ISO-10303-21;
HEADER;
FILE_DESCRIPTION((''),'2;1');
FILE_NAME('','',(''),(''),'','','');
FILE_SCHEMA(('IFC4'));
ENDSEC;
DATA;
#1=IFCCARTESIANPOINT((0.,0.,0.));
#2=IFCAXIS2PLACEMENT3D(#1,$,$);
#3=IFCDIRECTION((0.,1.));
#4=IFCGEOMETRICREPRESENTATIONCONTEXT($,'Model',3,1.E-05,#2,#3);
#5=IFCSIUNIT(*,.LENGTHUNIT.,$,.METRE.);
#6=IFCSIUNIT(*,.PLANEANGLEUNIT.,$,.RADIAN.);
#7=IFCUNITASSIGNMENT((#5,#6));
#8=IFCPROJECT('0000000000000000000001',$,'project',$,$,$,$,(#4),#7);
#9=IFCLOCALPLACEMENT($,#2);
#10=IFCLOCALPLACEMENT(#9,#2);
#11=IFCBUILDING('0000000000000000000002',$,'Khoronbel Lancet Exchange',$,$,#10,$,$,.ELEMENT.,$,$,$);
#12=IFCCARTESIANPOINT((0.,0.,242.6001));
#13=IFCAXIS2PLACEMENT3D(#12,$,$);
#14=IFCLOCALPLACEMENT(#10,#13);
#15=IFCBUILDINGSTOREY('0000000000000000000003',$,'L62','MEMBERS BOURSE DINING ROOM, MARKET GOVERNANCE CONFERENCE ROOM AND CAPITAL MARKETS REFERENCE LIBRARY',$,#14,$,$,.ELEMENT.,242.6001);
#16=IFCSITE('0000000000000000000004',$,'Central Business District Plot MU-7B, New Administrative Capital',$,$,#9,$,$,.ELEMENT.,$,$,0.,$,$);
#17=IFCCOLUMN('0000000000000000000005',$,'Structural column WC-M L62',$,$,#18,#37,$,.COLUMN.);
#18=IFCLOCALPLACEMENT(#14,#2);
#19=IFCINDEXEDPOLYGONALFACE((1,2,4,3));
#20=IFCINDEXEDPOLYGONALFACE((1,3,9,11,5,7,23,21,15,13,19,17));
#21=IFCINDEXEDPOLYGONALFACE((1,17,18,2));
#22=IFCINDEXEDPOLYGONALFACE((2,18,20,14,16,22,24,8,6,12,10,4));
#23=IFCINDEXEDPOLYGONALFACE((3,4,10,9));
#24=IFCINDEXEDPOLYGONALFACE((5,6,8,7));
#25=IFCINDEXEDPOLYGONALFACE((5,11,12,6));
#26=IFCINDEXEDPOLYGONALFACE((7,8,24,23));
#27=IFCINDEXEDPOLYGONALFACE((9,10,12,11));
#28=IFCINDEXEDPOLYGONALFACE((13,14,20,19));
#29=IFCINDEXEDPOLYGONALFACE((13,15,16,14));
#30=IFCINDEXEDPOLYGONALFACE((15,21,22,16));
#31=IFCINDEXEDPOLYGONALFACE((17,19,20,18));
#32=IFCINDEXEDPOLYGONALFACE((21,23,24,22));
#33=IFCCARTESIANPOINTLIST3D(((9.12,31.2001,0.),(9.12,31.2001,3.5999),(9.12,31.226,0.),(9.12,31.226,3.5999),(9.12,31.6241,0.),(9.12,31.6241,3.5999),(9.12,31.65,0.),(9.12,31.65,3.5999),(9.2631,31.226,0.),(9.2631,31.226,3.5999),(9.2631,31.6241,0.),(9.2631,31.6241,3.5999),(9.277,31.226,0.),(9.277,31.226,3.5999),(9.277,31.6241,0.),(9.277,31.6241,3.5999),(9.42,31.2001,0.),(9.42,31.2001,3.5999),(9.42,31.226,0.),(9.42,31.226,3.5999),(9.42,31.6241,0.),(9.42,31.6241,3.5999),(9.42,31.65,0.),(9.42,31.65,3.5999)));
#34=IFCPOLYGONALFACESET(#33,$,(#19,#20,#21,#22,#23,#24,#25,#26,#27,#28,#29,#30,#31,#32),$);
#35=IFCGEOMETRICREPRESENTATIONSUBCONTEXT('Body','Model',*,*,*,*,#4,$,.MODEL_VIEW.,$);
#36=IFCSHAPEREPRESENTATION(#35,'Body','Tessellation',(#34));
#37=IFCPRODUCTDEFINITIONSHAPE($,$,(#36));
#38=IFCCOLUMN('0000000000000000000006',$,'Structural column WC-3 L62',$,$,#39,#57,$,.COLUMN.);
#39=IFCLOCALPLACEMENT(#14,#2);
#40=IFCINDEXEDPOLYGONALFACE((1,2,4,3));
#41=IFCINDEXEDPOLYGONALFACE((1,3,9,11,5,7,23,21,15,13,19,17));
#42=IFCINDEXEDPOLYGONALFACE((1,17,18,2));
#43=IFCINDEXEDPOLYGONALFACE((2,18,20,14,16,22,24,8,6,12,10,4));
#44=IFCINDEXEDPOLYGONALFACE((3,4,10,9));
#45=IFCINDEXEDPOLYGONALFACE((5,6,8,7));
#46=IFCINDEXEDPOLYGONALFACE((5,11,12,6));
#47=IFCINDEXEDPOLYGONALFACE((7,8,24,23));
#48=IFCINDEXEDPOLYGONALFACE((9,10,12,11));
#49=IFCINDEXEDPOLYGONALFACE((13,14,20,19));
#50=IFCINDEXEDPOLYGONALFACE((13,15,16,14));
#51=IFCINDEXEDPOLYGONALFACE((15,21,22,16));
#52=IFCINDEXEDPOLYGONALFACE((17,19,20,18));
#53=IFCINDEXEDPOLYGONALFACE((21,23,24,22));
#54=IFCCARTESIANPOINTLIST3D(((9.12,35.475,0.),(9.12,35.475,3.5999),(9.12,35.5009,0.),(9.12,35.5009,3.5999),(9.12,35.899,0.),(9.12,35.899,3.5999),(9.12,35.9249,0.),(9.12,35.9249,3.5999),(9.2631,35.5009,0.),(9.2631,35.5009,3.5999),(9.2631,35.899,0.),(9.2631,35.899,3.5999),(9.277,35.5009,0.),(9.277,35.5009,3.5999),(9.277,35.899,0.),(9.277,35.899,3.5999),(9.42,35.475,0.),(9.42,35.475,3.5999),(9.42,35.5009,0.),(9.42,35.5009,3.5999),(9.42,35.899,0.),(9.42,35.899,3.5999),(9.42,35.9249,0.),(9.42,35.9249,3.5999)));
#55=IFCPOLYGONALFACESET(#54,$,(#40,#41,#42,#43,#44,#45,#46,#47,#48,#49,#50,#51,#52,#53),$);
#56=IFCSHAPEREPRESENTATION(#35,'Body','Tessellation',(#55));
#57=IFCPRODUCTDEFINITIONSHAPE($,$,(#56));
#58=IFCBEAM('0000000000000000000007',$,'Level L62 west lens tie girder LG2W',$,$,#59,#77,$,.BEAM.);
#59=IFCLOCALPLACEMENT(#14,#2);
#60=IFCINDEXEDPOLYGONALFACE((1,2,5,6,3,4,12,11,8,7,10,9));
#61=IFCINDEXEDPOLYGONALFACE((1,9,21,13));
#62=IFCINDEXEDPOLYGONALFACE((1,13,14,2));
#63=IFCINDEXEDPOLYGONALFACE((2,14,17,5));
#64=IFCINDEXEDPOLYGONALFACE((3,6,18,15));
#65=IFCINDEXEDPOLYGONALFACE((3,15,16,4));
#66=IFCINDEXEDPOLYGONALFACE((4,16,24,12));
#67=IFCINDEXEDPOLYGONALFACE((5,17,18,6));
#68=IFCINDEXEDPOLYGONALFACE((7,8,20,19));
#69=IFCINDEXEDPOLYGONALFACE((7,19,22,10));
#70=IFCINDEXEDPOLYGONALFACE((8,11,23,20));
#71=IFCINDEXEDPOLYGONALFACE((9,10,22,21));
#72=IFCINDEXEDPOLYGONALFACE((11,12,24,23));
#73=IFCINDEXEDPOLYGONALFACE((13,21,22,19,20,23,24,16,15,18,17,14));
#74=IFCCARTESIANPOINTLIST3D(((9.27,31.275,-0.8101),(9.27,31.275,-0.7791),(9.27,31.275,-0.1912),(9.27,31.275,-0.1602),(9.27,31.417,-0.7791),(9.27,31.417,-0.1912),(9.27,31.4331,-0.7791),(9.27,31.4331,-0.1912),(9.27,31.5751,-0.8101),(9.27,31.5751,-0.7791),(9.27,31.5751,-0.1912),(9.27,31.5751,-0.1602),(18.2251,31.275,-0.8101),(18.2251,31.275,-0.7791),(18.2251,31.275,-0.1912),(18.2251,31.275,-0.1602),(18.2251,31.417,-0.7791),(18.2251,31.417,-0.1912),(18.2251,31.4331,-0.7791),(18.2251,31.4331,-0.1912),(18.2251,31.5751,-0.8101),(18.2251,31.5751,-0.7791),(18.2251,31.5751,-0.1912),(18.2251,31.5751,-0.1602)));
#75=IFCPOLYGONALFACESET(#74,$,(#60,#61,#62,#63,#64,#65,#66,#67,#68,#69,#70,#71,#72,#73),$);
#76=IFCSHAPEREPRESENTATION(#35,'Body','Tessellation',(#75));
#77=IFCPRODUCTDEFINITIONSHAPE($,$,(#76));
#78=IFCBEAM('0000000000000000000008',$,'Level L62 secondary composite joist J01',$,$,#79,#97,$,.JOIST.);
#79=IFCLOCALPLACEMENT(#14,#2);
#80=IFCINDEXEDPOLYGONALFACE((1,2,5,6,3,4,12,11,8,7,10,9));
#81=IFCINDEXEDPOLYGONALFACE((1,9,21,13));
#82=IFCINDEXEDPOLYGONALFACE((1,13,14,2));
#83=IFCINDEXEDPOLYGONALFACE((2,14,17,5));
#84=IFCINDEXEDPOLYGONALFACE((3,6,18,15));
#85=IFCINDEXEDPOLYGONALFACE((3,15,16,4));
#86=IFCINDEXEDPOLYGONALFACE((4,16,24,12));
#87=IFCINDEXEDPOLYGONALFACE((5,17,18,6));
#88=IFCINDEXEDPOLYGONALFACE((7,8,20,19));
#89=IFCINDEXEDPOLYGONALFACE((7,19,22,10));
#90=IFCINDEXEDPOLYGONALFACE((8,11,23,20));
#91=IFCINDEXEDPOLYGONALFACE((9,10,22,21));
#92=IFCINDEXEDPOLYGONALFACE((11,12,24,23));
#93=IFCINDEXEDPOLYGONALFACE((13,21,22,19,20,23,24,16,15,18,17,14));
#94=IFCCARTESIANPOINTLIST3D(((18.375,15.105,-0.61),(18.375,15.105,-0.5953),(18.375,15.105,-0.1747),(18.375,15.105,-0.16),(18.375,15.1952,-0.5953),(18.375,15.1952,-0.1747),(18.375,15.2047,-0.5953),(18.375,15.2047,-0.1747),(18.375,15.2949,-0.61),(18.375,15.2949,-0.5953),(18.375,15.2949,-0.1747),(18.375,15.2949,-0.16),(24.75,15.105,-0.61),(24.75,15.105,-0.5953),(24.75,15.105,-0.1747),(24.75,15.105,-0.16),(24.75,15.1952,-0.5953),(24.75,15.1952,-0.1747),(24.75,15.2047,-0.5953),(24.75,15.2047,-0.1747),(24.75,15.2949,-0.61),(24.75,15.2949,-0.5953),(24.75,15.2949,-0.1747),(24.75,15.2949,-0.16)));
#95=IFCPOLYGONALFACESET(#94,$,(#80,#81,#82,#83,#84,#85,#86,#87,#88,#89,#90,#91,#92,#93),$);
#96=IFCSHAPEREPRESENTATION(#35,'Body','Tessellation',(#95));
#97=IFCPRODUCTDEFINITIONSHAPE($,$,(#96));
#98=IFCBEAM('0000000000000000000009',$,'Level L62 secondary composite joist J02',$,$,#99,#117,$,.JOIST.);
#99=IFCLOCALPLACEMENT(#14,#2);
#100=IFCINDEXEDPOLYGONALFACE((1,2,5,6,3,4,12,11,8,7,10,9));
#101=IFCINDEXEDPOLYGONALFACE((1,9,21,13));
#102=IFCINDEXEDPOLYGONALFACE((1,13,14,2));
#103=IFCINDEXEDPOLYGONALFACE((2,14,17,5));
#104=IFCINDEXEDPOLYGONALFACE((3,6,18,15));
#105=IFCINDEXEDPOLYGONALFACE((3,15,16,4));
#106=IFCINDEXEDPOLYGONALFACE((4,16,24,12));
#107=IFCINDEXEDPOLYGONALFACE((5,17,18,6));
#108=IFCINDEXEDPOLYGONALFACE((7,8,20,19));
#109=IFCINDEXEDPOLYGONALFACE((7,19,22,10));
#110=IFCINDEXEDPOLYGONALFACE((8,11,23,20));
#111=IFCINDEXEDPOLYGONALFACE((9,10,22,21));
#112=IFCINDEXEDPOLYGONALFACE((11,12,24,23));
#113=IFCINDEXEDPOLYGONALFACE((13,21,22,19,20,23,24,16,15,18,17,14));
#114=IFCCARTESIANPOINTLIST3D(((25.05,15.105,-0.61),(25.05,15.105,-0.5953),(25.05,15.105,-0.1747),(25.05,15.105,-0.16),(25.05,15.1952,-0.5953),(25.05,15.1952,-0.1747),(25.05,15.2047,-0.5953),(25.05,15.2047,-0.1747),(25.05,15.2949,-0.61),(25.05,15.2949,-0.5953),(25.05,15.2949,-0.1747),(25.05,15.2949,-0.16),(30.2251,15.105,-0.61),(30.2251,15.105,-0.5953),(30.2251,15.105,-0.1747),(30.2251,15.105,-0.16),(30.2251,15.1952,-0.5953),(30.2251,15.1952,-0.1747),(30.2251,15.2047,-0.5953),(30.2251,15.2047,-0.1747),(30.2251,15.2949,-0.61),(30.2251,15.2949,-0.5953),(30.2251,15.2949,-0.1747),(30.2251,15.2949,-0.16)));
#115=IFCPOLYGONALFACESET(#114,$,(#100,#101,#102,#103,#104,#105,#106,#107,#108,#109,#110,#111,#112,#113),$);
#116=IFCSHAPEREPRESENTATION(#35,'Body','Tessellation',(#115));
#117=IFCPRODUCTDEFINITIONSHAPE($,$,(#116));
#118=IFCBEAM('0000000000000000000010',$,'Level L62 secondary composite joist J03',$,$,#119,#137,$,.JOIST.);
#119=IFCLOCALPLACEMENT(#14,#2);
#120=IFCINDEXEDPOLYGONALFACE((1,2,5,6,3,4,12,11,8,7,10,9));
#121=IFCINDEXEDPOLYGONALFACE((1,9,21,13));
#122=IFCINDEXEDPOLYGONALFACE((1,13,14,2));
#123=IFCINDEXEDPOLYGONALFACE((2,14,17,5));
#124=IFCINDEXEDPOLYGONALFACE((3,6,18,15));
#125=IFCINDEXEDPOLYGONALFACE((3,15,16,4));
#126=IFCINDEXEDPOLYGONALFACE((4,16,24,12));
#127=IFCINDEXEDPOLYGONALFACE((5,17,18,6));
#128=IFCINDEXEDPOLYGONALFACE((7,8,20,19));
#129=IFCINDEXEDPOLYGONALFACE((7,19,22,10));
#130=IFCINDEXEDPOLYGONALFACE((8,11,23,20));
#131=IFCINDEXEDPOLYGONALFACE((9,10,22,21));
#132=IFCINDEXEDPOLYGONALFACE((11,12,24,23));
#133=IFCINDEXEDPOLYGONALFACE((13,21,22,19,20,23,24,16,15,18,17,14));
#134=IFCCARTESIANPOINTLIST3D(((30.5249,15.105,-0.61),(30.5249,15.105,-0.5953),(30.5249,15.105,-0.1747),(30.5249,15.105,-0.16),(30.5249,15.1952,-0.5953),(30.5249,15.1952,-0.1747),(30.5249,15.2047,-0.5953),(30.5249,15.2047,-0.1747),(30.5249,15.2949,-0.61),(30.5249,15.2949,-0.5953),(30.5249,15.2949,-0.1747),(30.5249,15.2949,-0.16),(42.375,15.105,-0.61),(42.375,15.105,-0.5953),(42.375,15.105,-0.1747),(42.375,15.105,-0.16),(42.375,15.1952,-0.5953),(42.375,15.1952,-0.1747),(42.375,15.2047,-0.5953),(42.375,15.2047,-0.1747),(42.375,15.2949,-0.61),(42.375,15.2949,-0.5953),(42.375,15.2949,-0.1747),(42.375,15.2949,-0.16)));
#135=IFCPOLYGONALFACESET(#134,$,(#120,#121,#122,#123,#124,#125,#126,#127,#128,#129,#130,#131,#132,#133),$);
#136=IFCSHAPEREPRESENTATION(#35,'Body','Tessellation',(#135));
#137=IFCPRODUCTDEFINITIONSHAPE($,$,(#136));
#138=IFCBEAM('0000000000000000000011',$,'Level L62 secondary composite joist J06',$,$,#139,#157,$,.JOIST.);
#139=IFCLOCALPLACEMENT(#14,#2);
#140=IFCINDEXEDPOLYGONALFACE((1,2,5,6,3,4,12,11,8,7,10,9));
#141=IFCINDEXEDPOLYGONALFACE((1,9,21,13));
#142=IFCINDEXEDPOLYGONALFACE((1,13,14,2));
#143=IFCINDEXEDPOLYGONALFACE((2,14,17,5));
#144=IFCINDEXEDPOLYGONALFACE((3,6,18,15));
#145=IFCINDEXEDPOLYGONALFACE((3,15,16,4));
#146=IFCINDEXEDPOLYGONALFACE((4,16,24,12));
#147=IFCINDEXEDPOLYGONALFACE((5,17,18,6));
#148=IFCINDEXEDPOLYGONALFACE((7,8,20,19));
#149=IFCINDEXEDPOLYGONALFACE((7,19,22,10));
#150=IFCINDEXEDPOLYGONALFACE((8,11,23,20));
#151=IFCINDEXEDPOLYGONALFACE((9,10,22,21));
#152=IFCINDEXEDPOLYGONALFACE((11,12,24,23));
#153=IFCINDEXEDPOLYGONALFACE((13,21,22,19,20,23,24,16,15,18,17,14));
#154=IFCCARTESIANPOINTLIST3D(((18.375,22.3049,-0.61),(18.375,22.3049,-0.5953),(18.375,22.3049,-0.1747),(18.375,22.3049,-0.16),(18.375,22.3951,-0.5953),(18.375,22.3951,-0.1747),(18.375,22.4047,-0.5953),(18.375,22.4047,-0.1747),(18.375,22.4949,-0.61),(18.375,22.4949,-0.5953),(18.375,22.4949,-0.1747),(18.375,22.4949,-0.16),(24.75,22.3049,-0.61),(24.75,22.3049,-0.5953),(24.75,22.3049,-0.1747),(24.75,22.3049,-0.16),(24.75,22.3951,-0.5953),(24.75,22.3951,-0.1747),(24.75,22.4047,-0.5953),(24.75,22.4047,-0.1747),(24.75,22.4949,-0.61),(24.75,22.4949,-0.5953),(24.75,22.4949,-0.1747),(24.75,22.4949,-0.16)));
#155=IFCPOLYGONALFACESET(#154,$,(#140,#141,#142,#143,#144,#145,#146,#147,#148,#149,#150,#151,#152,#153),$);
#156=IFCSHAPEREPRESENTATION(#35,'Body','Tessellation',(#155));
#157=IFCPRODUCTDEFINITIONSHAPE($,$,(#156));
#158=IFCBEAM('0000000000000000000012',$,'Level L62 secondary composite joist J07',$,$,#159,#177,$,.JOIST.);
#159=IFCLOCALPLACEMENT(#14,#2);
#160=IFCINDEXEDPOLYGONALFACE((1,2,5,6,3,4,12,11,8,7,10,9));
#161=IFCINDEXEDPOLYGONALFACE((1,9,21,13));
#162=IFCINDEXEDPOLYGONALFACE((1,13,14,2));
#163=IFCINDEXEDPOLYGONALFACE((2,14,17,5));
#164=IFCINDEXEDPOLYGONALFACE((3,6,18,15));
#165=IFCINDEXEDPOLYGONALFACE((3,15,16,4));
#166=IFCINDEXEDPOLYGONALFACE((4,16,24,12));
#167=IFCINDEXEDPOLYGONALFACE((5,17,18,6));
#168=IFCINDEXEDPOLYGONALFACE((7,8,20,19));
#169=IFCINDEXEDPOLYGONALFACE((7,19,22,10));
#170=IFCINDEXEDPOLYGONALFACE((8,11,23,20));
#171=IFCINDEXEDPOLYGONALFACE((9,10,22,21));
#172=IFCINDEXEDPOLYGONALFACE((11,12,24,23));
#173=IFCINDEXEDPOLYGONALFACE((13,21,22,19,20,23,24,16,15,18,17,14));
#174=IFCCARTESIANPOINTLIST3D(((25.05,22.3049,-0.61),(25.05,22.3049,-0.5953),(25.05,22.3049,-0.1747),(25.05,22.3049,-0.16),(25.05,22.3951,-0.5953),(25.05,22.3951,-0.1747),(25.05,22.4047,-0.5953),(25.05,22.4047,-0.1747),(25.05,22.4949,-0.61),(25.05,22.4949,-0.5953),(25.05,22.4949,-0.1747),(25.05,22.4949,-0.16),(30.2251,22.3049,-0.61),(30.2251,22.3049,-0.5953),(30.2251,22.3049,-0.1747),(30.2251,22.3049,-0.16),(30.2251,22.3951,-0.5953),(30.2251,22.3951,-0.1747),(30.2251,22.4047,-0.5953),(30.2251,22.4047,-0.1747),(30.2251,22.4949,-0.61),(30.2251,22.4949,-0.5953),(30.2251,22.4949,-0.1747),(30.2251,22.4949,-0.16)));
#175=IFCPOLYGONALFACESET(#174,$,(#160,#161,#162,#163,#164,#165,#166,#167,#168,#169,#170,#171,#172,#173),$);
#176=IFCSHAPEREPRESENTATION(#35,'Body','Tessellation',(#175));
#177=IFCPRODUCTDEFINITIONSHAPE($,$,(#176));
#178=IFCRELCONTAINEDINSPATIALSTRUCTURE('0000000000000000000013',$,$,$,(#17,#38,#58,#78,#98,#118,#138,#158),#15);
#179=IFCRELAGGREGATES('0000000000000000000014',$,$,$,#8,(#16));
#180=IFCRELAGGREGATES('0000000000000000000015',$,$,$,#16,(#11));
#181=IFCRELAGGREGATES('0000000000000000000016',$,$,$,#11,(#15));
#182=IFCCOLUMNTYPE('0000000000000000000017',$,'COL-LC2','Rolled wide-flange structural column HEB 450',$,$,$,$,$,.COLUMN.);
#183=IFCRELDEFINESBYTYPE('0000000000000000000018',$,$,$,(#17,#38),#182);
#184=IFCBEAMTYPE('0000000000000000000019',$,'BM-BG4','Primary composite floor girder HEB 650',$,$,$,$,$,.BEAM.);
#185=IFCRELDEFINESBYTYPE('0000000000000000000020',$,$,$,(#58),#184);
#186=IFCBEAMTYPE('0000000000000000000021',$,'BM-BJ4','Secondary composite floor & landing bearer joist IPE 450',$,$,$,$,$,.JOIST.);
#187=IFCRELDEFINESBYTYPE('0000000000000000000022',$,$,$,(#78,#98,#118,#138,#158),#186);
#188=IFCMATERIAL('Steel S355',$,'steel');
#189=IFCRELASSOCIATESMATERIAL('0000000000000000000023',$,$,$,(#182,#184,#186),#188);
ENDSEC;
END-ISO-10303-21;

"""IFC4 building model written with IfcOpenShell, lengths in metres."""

from ifc_helpers import new_model, si_unit, direction, frame, origin, origin_2d, place, context, subcontext, project, spatial, i_section, extrude, material, material_profile, profile_set, type_object, element, save


model = new_model("IFC4")

# Units and contexts
model_context = context("Model", 3, precision=1e-05, world=origin(), true_north=direction((0.0, 1.0)))
body_context = subcontext(model_context, "Body", "Model", "MODEL_VIEW")
ifc_project = project(units=[si_unit("LENGTHUNIT", "METRE"), si_unit("PLANEANGLEUNIT", "RADIAN")], contexts=[model_context])

# Site, building, storey
site_placement = place(None, origin())
site = spatial("IfcSite", under=ifc_project, at=site_placement, Name="Central Business District Plot MU-7B, New Administrative Capital", CompositionType="ELEMENT", RefElevation=0.0)
building_placement = place(site_placement, origin())
building = spatial("IfcBuilding", under=site, at=building_placement, Name="Khoronbel Lancet Exchange", CompositionType="ELEMENT")
storey_placement = place(building_placement, frame((0.0, 0.0, 242.6001)))
storey = spatial("IfcBuildingStorey", under=building, at=storey_placement, Name="L62", Description="MEMBERS BOURSE DINING ROOM, MARKET GOVERNANCE CONFERENCE ROOM AND CAPITAL MARKETS REFERENCE LIBRARY", CompositionType="ELEMENT", Elevation=242.6001)

# Columns
ifc_material_1 = material(Name="Steel S355", Category="steel")
ifc_material_profile_1 = material_profile(ifc_material_1, i_section(OverallWidth=0.3, OverallDepth=0.45, WebThickness=0.0139, FlangeThickness=0.0259, at=origin_2d()), Name="HEB 450")
ifc_profile_set_1 = profile_set([ifc_material_profile_1], Name="Steel S355")
column_type = type_object("IfcColumnType", Name="COL-LC2", Description="Rolled wide-flange structural column HEB 450", PredefinedType="COLUMN", material=ifc_profile_set_1)
for number, where, z_axis, x_axis, name in (
    (1, (9.27, 31.425, 0.0), (0.0, 0.0, 1.0), (1.0, 0.0, 0.0), "Structural column WC-M L62"),
    (2, (9.27, 35.7, 0.0), (0.0, 0.0, 1.0), (1.0, 0.0, 0.0), "Structural column WC-3 L62"),
):
    element("IfcColumn", number, at=place(storey_placement, frame(where, z_axis=z_axis, x_axis=x_axis)), inside=storey, type_object=column_type, Name=name, PredefinedType="COLUMN", context=body_context, shape_type="SweptSolid", body=[
        extrude(i_section(OverallWidth=0.3, OverallDepth=0.45, WebThickness=0.0139, FlangeThickness=0.0259, at=origin_2d()), origin(), (0.0, 0.0, 1.0), 3.5999),
    ])

# Beams
ifc_material_profile_2 = material_profile(ifc_material_1, i_section(OverallWidth=0.3, OverallDepth=0.6499, WebThickness=0.0161, FlangeThickness=0.031, at=origin_2d()), Name="HEB 650")
ifc_profile_set_2 = profile_set([ifc_material_profile_2], Name="Steel S355")
beam_type_1 = type_object("IfcBeamType", Name="BM-BG4", Description="Primary composite floor girder HEB 650", PredefinedType="BEAM", material=ifc_profile_set_2)
beam_1_placement = place(storey_placement, frame((9.27, 31.425, -0.4851), z_axis=(1.0, 0.0, 0.0), x_axis=(0.0, 1.0, 0.0)))
element("IfcBeam", 3, at=beam_1_placement, inside=storey, type_object=beam_type_1, Name="Level L62 west lens tie girder LG2W", PredefinedType="BEAM", context=body_context, shape_type="SweptSolid", body=[
    extrude(i_section(OverallWidth=0.3, OverallDepth=0.6499, WebThickness=0.0161, FlangeThickness=0.031, at=origin_2d()), origin(), (0.0, 0.0, 1.0), 8.9551),
])
ifc_material_profile_3 = material_profile(ifc_material_1, i_section(OverallWidth=0.1899, OverallDepth=0.45, WebThickness=0.0095, FlangeThickness=0.0146, at=origin_2d()), Name="IPE 450")
ifc_profile_set_3 = profile_set([ifc_material_profile_3], Name="Steel S355")
beam_type_2 = type_object("IfcBeamType", Name="BM-BJ4", Description="Secondary composite floor & landing bearer joist IPE 450", PredefinedType="JOIST", material=ifc_profile_set_3)
beam_2_placement = place(storey_placement, frame((18.375, 15.2, -0.385), z_axis=(1.0, 0.0, 0.0), x_axis=(0.0, 1.0, 0.0)))
element("IfcBeam", 4, at=beam_2_placement, inside=storey, type_object=beam_type_2, Name="Level L62 secondary composite joist J01", PredefinedType="JOIST", context=body_context, shape_type="SweptSolid", body=[
    extrude(i_section(OverallWidth=0.1899, OverallDepth=0.45, WebThickness=0.0095, FlangeThickness=0.0146, at=origin_2d()), origin(), (0.0, 0.0, 1.0), 6.375),
])
beam_3_placement = place(storey_placement, frame((25.05, 15.2, -0.385), z_axis=(1.0, 0.0, 0.0), x_axis=(0.0, 1.0, 0.0)))
element("IfcBeam", 5, at=beam_3_placement, inside=storey, type_object=beam_type_2, Name="Level L62 secondary composite joist J02", PredefinedType="JOIST", context=body_context, shape_type="SweptSolid", body=[
    extrude(i_section(OverallWidth=0.1899, OverallDepth=0.45, WebThickness=0.0095, FlangeThickness=0.0146, at=origin_2d()), origin(), (0.0, 0.0, 1.0), 5.175),
])
beam_4_placement = place(storey_placement, frame((30.5249, 15.2, -0.385), z_axis=(1.0, 0.0, 0.0), x_axis=(0.0, 1.0, 0.0)))
element("IfcBeam", 6, at=beam_4_placement, inside=storey, type_object=beam_type_2, Name="Level L62 secondary composite joist J03", PredefinedType="JOIST", context=body_context, shape_type="SweptSolid", body=[
    extrude(i_section(OverallWidth=0.1899, OverallDepth=0.45, WebThickness=0.0095, FlangeThickness=0.0146, at=origin_2d()), origin(), (0.0, 0.0, 1.0), 11.8501),
])
beam_5_placement = place(storey_placement, frame((18.375, 22.3999, -0.385), z_axis=(1.0, 0.0, 0.0), x_axis=(0.0, 1.0, 0.0)))
element("IfcBeam", 7, at=beam_5_placement, inside=storey, type_object=beam_type_2, Name="Level L62 secondary composite joist J06", PredefinedType="JOIST", context=body_context, shape_type="SweptSolid", body=[
    extrude(i_section(OverallWidth=0.1899, OverallDepth=0.45, WebThickness=0.0095, FlangeThickness=0.0146, at=origin_2d()), origin(), (0.0, 0.0, 1.0), 6.375),
])
beam_6_placement = place(storey_placement, frame((25.05, 22.3999, -0.385), z_axis=(1.0, 0.0, 0.0), x_axis=(0.0, 1.0, 0.0)))
element("IfcBeam", 8, at=beam_6_placement, inside=storey, type_object=beam_type_2, Name="Level L62 secondary composite joist J07", PredefinedType="JOIST", context=body_context, shape_type="SweptSolid", body=[
    extrude(i_section(OverallWidth=0.1899, OverallDepth=0.45, WebThickness=0.0095, FlangeThickness=0.0146, at=origin_2d()), origin(), (0.0, 0.0, 1.0), 5.175),
])

save(model, "model.ifc")
